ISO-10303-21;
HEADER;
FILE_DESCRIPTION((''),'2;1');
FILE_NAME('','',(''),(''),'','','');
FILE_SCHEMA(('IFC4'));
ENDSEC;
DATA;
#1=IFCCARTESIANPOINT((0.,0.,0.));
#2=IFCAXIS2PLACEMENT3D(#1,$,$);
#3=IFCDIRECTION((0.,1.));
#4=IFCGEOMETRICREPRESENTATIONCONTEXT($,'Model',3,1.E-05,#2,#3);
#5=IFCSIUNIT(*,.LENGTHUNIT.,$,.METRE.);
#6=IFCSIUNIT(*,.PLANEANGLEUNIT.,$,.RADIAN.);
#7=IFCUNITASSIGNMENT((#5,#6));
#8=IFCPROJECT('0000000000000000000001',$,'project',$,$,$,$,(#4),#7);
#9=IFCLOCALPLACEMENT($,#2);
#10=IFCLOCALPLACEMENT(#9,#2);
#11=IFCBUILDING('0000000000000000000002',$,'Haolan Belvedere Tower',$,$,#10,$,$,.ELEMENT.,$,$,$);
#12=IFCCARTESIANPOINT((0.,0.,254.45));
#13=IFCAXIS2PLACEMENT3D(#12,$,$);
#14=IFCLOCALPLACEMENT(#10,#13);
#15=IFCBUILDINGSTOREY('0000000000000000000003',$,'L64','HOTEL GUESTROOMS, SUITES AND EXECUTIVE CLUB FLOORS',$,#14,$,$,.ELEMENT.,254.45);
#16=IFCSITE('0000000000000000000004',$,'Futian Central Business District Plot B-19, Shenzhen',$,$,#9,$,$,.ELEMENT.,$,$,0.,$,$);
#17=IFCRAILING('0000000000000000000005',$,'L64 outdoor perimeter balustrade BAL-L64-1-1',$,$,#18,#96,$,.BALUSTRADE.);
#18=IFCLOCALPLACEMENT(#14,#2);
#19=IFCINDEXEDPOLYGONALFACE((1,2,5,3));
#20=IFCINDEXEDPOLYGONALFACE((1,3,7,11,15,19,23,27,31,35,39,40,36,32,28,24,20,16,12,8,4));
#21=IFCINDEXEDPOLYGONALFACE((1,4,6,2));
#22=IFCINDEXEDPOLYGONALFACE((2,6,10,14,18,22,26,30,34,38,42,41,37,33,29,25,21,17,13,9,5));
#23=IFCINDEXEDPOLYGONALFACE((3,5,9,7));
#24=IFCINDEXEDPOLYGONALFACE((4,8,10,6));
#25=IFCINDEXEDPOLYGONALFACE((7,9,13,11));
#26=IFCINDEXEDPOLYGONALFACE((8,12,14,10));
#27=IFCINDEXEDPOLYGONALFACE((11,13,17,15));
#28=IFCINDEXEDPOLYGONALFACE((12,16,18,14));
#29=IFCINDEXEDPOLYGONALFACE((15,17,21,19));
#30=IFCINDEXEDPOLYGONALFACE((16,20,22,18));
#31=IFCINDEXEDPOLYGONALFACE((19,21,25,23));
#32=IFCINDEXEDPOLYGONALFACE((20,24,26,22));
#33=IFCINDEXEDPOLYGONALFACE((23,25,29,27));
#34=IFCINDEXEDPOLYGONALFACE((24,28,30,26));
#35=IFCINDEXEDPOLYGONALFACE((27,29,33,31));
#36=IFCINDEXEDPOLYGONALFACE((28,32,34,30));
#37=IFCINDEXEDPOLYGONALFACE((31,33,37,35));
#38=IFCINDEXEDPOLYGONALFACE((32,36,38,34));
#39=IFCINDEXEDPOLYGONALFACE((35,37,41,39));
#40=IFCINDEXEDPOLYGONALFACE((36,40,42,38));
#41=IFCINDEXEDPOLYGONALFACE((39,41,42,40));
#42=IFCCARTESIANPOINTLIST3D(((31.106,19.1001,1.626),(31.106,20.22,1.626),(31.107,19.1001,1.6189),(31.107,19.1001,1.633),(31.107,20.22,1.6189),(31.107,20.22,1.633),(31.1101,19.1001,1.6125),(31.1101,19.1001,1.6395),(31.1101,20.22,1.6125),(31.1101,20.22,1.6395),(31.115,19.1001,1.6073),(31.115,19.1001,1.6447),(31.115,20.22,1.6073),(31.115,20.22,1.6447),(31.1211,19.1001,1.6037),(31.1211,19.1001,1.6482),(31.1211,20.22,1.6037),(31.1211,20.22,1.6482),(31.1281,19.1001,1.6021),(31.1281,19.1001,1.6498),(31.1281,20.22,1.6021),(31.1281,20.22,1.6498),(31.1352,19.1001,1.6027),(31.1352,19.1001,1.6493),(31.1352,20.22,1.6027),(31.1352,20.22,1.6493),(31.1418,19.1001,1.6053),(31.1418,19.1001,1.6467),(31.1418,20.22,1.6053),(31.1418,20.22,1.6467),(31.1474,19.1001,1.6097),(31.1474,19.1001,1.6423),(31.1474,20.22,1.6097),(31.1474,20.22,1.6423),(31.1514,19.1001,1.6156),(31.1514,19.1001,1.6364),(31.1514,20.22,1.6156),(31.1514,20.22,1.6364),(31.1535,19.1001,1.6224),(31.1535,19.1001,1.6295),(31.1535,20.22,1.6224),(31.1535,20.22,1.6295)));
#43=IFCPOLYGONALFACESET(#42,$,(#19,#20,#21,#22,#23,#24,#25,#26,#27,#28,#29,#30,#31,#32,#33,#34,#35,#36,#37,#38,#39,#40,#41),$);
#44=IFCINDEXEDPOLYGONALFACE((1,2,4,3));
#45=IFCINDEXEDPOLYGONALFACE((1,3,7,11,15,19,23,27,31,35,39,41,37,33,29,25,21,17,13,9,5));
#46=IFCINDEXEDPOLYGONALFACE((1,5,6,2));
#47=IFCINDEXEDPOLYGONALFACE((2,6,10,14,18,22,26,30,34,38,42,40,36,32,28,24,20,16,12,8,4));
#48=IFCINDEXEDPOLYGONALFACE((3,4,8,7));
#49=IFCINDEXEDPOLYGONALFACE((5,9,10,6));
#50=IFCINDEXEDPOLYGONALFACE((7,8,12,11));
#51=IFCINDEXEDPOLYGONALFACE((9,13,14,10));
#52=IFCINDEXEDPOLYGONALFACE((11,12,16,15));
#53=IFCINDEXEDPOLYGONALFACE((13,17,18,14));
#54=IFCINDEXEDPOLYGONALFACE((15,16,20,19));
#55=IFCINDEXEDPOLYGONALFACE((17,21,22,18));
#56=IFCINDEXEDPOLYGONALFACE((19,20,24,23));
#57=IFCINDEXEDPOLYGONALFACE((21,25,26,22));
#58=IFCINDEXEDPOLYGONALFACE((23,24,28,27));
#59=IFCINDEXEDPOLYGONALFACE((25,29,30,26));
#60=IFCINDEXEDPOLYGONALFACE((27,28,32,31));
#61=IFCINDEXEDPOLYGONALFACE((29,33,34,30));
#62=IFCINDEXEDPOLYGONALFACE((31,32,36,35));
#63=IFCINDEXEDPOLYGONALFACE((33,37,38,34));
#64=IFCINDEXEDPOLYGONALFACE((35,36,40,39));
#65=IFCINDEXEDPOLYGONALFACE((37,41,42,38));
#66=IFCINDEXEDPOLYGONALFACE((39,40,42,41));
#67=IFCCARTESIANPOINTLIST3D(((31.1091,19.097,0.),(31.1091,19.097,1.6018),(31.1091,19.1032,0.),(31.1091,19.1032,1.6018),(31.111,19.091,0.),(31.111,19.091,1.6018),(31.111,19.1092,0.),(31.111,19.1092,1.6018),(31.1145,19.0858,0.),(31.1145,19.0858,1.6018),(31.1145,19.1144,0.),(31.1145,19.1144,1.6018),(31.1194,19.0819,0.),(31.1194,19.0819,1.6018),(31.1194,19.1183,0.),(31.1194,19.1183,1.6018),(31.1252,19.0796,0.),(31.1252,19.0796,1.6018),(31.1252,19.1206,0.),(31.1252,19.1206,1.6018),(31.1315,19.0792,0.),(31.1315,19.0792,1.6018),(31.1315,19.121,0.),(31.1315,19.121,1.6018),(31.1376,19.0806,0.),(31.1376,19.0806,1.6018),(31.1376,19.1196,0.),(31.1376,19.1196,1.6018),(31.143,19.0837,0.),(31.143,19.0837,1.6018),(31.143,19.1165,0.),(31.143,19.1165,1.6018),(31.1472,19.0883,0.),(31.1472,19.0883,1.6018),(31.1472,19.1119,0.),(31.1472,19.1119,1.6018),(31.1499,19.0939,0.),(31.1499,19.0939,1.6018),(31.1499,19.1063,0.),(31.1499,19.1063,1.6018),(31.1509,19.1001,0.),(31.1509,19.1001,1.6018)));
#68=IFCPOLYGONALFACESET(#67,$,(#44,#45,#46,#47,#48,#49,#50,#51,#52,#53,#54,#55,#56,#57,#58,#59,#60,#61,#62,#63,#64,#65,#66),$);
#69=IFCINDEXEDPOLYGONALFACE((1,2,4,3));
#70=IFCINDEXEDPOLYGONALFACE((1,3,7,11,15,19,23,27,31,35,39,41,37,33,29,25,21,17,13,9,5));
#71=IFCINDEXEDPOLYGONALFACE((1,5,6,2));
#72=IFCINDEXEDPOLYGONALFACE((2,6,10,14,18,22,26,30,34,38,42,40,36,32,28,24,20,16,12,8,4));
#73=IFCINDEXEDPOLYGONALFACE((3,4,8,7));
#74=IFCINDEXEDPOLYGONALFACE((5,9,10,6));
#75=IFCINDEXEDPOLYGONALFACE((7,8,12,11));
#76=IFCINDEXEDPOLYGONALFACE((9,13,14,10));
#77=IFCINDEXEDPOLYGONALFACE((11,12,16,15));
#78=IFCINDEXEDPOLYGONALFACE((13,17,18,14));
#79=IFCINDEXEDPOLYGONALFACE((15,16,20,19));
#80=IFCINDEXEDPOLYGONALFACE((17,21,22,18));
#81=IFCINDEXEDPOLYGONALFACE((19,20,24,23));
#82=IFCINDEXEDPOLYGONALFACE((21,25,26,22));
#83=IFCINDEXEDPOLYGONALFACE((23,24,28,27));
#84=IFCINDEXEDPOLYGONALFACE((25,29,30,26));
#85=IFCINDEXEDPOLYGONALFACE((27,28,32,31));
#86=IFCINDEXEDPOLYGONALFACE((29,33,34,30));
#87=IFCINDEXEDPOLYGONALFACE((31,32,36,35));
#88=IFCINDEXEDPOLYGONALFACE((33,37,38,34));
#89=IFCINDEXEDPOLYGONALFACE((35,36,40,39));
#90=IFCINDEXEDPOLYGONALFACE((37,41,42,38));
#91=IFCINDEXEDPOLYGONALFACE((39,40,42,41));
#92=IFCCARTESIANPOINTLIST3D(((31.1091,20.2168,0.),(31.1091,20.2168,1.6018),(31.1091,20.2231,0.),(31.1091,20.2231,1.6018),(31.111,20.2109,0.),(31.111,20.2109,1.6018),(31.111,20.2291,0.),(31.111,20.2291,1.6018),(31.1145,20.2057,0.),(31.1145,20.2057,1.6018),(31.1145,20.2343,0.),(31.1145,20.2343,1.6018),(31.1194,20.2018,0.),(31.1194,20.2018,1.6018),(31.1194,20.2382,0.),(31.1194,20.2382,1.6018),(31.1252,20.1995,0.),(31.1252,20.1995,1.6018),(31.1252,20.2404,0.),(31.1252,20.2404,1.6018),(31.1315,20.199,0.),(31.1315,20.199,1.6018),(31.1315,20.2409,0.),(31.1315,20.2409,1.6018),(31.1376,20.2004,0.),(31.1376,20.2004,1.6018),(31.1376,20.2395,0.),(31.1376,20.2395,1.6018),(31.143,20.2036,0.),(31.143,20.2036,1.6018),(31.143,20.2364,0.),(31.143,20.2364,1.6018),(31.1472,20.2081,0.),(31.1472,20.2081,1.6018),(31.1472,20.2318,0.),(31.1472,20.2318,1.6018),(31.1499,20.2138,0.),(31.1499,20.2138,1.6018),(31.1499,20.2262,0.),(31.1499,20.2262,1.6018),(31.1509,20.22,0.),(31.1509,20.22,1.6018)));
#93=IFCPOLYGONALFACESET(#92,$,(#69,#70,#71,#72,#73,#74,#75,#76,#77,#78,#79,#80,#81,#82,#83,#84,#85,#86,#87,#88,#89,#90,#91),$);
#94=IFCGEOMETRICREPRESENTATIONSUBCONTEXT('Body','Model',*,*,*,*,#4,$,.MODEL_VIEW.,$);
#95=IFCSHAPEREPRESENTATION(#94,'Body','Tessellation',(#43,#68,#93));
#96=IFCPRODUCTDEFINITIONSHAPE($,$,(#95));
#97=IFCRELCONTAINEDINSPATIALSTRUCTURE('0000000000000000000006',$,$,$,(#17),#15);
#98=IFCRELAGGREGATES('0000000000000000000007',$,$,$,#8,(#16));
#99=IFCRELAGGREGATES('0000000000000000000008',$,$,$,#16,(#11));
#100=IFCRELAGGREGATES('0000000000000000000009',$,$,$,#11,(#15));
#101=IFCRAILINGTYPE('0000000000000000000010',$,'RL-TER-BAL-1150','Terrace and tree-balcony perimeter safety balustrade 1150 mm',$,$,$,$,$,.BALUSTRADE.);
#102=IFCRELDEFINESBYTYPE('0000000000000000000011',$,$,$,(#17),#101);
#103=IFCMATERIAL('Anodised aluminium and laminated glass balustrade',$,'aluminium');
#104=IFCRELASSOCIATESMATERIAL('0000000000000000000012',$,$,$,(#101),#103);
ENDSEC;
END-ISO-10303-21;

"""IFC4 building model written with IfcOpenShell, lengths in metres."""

from ifc_helpers import new_model, si_unit, direction, frame, origin, origin_2d, place, context, subcontext, project, spatial, circle, extrude, material, type_object, element, save


model = new_model("IFC4")

# Units and contexts
model_context = context("Model", 3, precision=1e-05, world=origin(), true_north=direction((0.0, 1.0)))
body_context = subcontext(model_context, "Body", "Model", "MODEL_VIEW")
ifc_project = project(units=[si_unit("LENGTHUNIT", "METRE"), si_unit("PLANEANGLEUNIT", "RADIAN")], contexts=[model_context])

# Site, building, storey
site_placement = place(None, origin())
site = spatial("IfcSite", under=ifc_project, at=site_placement, Name="Futian Central Business District Plot B-19, Shenzhen", CompositionType="ELEMENT", RefElevation=0.0)
building_placement = place(site_placement, origin())
building = spatial("IfcBuilding", under=site, at=building_placement, Name="Haolan Belvedere Tower", CompositionType="ELEMENT")
storey_placement = place(building_placement, frame((0.0, 0.0, 254.45)))
storey = spatial("IfcBuildingStorey", under=building, at=storey_placement, Name="L64", Description="HOTEL GUESTROOMS, SUITES AND EXECUTIVE CLUB FLOORS", CompositionType="ELEMENT", Elevation=254.45)

# Railing
ifc_material_1 = material(Name="Anodised aluminium and laminated glass balustrade", Category="aluminium")
railing_type = type_object("IfcRailingType", Name="RL-TER-BAL-1150", Description="Terrace and tree-balcony perimeter safety balustrade 1150 mm", PredefinedType="BALUSTRADE", material=ifc_material_1)
railing_placement = place(storey_placement, frame((31.1299, 19.1001, 0.0)))
element("IfcRailing", 1, at=railing_placement, inside=storey, type_object=railing_type, Name="L64 outdoor perimeter balustrade BAL-L64-1-1", PredefinedType="BALUSTRADE", context=body_context, shape_type="SweptSolid", body=[
    extrude(circle(Radius=0.0239, at=origin_2d()), frame((0.0, 0.0, 1.626), z_axis=(0.0, 1.0, 0.0), x_axis=(-1.0, 0.0, 0.0)), (0.0, 0.0, 1.0), 1.1199),
    extrude(circle(Radius=0.021, at=origin_2d()), origin(), (0.0, 0.0, 1.0), 1.6018),
    extrude(circle(Radius=0.021, at=origin_2d()), frame((0.0, 1.1199, 0.0)), (0.0, 0.0, 1.0), 1.6018),
])

save(model, "model.ifc")
